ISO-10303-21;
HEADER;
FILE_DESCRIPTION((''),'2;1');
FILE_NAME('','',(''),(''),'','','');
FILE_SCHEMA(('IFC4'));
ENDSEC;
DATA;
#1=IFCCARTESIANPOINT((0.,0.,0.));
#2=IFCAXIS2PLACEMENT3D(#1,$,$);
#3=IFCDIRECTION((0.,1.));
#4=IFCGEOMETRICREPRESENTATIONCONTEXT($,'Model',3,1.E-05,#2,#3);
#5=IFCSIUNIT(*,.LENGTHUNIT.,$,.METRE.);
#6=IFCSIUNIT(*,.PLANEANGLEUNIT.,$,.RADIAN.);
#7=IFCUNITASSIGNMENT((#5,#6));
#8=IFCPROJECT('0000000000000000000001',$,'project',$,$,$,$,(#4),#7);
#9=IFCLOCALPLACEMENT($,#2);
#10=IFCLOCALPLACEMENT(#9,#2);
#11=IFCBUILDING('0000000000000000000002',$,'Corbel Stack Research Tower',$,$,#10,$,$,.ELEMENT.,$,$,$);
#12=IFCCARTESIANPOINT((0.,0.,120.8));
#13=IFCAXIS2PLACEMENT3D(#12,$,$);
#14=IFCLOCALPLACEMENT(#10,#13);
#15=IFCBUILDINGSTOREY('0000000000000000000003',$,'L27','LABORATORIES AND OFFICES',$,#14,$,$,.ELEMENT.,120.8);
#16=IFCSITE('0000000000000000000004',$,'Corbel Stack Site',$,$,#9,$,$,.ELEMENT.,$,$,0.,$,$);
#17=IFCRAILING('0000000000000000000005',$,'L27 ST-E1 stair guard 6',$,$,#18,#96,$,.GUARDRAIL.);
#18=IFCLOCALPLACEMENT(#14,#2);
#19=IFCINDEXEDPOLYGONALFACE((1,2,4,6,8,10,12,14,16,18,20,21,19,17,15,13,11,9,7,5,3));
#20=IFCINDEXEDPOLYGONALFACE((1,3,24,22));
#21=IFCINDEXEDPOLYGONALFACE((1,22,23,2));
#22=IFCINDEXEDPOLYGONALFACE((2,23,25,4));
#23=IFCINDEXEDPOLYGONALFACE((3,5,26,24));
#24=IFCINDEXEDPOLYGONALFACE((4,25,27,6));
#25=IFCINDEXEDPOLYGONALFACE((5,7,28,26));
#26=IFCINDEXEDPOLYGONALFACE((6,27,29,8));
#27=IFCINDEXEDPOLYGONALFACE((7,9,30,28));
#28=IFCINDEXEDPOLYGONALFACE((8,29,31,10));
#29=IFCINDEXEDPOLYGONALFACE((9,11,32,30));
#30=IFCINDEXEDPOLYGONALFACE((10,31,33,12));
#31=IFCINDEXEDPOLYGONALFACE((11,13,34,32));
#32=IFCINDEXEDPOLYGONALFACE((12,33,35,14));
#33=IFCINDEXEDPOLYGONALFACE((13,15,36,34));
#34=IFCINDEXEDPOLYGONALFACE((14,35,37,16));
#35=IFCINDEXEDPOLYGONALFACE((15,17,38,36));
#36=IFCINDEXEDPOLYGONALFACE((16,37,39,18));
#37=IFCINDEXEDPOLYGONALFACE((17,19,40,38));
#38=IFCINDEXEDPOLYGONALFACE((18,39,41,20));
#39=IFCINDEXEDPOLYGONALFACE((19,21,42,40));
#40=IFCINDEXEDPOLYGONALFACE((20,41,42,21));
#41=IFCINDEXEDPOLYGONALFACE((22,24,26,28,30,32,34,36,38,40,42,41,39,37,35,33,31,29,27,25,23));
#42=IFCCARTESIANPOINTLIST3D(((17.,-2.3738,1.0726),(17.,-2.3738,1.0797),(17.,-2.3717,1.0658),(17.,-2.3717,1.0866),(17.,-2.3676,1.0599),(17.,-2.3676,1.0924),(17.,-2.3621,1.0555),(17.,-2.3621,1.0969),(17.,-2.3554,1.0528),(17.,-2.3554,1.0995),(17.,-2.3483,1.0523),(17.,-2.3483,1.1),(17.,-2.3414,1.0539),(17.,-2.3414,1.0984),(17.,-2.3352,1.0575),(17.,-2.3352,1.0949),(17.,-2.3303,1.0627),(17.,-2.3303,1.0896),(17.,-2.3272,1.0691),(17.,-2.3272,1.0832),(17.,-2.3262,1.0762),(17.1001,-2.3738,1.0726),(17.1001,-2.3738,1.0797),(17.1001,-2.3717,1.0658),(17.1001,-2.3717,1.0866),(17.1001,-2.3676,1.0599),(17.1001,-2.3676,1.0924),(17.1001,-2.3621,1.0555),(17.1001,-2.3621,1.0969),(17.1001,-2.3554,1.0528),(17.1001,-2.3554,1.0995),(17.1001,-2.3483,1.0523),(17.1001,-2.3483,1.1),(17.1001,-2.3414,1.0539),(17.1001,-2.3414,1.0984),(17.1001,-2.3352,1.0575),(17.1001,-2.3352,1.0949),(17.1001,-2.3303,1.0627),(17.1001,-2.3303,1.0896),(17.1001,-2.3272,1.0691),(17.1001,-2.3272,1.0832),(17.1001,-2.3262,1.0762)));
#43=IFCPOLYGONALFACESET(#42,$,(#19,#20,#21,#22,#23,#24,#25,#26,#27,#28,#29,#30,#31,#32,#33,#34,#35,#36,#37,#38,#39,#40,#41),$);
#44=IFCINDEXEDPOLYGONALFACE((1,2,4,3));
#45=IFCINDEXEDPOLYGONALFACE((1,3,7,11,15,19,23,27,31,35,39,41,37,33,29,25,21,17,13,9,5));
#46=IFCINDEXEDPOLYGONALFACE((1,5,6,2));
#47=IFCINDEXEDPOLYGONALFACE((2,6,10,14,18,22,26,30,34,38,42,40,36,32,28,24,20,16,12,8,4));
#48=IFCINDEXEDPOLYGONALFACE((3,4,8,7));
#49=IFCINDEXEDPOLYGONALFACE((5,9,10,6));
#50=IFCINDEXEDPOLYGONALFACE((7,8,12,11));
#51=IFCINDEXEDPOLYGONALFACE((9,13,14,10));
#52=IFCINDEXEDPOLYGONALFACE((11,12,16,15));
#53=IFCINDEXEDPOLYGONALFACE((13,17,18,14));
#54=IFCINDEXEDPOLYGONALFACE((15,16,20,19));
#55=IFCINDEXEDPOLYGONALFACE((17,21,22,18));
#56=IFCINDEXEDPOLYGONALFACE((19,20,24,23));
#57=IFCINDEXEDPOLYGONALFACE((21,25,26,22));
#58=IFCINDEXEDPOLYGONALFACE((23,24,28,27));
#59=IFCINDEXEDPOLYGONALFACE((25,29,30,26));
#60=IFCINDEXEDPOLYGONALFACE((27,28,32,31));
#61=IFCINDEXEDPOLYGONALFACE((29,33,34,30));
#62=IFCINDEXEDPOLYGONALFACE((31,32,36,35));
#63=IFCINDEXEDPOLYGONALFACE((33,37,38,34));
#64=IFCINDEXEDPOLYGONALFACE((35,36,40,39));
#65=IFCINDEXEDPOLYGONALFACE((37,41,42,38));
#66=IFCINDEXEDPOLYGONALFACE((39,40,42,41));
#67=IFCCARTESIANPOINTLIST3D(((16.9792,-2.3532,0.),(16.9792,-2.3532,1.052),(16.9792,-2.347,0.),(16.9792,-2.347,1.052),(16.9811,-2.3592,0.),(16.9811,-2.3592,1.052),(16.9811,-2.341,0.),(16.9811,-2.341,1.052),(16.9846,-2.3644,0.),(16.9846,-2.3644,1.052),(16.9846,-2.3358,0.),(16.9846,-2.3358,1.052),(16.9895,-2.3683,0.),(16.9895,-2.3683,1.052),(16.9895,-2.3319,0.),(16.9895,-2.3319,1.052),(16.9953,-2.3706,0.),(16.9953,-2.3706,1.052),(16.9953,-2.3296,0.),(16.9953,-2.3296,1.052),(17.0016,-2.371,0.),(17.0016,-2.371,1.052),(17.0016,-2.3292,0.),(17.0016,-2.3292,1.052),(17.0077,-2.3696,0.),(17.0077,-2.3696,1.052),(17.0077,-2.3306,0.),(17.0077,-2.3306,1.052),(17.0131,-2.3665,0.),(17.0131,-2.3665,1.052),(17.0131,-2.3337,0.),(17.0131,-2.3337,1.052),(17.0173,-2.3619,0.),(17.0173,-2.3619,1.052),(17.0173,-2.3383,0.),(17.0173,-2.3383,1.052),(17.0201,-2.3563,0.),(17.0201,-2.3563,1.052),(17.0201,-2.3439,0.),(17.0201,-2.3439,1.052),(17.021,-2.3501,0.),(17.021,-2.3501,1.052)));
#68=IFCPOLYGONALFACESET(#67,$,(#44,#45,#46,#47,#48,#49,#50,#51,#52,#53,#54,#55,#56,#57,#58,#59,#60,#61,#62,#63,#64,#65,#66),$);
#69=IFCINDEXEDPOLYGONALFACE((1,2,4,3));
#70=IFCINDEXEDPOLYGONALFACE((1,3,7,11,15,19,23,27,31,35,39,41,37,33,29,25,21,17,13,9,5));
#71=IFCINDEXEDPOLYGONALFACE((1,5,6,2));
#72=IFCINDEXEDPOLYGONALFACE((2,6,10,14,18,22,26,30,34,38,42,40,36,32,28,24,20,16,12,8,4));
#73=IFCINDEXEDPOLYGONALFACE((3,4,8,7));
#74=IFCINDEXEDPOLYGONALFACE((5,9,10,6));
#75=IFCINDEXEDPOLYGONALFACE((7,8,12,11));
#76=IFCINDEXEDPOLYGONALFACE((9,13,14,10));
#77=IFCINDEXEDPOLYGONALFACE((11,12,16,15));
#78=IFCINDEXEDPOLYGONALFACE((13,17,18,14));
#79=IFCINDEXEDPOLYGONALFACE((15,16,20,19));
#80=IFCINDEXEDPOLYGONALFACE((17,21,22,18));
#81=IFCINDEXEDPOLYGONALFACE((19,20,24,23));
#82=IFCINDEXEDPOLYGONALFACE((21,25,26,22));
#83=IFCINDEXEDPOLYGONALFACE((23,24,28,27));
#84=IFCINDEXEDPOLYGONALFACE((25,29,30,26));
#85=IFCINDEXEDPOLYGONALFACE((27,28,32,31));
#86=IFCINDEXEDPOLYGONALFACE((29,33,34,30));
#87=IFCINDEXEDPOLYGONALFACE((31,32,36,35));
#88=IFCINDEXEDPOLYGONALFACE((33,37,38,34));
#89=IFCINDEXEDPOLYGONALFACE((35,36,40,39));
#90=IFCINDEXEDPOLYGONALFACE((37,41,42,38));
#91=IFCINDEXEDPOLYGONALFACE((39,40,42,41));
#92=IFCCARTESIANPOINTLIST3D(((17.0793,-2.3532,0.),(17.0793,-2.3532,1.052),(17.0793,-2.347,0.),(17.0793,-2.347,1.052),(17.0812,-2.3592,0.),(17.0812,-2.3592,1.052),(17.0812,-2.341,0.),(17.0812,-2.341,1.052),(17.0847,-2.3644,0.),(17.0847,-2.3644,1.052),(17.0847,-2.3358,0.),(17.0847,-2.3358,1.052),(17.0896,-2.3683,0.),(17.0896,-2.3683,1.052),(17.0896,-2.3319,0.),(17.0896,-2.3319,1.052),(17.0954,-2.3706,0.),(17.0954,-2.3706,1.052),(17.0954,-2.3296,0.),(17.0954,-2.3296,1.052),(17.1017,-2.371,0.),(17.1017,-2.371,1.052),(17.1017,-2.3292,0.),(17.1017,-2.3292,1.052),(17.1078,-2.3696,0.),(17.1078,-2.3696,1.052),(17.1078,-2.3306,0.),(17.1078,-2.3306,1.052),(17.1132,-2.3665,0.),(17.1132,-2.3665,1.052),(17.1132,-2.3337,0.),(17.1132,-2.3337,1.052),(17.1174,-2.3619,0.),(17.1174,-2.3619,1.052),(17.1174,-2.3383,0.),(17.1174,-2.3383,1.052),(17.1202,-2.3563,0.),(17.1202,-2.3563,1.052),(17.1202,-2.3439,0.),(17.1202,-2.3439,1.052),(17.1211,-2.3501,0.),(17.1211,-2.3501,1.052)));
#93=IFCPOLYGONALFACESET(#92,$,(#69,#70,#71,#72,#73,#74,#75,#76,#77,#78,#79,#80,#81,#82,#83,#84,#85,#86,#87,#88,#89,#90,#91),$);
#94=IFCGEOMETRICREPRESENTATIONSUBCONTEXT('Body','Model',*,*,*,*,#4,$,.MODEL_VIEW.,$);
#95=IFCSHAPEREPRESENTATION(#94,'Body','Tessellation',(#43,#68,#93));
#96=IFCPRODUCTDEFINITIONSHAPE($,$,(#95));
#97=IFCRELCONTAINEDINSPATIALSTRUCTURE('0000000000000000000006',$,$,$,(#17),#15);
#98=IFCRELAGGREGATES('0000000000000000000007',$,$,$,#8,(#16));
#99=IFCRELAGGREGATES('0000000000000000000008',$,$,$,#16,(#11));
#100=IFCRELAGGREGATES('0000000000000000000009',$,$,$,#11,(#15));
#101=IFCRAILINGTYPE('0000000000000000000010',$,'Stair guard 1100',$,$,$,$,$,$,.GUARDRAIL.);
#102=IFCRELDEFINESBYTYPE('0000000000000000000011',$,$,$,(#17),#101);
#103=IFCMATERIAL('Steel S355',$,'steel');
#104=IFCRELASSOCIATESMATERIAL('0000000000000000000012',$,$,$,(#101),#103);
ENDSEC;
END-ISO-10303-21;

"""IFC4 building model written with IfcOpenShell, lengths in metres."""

from ifc_helpers import new_model, si_unit, direction, frame, origin, origin_2d, place, context, subcontext, project, spatial, circle, extrude, material, type_object, element, save


model = new_model("IFC4")

# Units and contexts
model_context = context("Model", 3, precision=1e-05, world=origin(), true_north=direction((0.0, 1.0)))
body_context = subcontext(model_context, "Body", "Model", "MODEL_VIEW")
ifc_project = project(units=[si_unit("LENGTHUNIT", "METRE"), si_unit("PLANEANGLEUNIT", "RADIAN")], contexts=[model_context])

# Site, building, storey
site_placement = place(None, origin())
site = spatial("IfcSite", under=ifc_project, at=site_placement, Name="Corbel Stack Site", CompositionType="ELEMENT", RefElevation=0.0)
building_placement = place(site_placement, origin())
building = spatial("IfcBuilding", under=site, at=building_placement, Name="Corbel Stack Research Tower", CompositionType="ELEMENT")
storey_placement = place(building_placement, frame((0.0, 0.0, 120.8)))
storey = spatial("IfcBuildingStorey", under=building, at=storey_placement, Name="L27", Description="LABORATORIES AND OFFICES", CompositionType="ELEMENT", Elevation=120.8)

# Railing
ifc_material_1 = material(Name="Steel S355", Category="steel")
railing_type_1 = type_object("IfcRailingType", Name="Stair guard 1100", PredefinedType="GUARDRAIL", material=ifc_material_1)
railing_1_placement = place(storey_placement, frame((17.0, -2.3501, 0.0)))
element("IfcRailing", 1, at=railing_1_placement, inside=storey, type_object=railing_type_1, Name="L27 ST-E1 stair guard 6", PredefinedType="GUARDRAIL", context=body_context, shape_type="SweptSolid", body=[
    extrude(circle(Radius=0.0239, at=origin_2d()), frame((0.0, 0.0, 1.0762), z_axis=(1.0, 0.0, 0.0), x_axis=(0.0, 1.0, 0.0)), (0.0, 0.0, 1.0), 0.1001),
    extrude(circle(Radius=0.021, at=origin_2d()), origin(), (0.0, 0.0, 1.0), 1.052),
    extrude(circle(Radius=0.021, at=origin_2d()), frame((0.1001, 0.0, 0.0)), (0.0, 0.0, 1.0), 1.052),
])

save(model, "model.ifc")
